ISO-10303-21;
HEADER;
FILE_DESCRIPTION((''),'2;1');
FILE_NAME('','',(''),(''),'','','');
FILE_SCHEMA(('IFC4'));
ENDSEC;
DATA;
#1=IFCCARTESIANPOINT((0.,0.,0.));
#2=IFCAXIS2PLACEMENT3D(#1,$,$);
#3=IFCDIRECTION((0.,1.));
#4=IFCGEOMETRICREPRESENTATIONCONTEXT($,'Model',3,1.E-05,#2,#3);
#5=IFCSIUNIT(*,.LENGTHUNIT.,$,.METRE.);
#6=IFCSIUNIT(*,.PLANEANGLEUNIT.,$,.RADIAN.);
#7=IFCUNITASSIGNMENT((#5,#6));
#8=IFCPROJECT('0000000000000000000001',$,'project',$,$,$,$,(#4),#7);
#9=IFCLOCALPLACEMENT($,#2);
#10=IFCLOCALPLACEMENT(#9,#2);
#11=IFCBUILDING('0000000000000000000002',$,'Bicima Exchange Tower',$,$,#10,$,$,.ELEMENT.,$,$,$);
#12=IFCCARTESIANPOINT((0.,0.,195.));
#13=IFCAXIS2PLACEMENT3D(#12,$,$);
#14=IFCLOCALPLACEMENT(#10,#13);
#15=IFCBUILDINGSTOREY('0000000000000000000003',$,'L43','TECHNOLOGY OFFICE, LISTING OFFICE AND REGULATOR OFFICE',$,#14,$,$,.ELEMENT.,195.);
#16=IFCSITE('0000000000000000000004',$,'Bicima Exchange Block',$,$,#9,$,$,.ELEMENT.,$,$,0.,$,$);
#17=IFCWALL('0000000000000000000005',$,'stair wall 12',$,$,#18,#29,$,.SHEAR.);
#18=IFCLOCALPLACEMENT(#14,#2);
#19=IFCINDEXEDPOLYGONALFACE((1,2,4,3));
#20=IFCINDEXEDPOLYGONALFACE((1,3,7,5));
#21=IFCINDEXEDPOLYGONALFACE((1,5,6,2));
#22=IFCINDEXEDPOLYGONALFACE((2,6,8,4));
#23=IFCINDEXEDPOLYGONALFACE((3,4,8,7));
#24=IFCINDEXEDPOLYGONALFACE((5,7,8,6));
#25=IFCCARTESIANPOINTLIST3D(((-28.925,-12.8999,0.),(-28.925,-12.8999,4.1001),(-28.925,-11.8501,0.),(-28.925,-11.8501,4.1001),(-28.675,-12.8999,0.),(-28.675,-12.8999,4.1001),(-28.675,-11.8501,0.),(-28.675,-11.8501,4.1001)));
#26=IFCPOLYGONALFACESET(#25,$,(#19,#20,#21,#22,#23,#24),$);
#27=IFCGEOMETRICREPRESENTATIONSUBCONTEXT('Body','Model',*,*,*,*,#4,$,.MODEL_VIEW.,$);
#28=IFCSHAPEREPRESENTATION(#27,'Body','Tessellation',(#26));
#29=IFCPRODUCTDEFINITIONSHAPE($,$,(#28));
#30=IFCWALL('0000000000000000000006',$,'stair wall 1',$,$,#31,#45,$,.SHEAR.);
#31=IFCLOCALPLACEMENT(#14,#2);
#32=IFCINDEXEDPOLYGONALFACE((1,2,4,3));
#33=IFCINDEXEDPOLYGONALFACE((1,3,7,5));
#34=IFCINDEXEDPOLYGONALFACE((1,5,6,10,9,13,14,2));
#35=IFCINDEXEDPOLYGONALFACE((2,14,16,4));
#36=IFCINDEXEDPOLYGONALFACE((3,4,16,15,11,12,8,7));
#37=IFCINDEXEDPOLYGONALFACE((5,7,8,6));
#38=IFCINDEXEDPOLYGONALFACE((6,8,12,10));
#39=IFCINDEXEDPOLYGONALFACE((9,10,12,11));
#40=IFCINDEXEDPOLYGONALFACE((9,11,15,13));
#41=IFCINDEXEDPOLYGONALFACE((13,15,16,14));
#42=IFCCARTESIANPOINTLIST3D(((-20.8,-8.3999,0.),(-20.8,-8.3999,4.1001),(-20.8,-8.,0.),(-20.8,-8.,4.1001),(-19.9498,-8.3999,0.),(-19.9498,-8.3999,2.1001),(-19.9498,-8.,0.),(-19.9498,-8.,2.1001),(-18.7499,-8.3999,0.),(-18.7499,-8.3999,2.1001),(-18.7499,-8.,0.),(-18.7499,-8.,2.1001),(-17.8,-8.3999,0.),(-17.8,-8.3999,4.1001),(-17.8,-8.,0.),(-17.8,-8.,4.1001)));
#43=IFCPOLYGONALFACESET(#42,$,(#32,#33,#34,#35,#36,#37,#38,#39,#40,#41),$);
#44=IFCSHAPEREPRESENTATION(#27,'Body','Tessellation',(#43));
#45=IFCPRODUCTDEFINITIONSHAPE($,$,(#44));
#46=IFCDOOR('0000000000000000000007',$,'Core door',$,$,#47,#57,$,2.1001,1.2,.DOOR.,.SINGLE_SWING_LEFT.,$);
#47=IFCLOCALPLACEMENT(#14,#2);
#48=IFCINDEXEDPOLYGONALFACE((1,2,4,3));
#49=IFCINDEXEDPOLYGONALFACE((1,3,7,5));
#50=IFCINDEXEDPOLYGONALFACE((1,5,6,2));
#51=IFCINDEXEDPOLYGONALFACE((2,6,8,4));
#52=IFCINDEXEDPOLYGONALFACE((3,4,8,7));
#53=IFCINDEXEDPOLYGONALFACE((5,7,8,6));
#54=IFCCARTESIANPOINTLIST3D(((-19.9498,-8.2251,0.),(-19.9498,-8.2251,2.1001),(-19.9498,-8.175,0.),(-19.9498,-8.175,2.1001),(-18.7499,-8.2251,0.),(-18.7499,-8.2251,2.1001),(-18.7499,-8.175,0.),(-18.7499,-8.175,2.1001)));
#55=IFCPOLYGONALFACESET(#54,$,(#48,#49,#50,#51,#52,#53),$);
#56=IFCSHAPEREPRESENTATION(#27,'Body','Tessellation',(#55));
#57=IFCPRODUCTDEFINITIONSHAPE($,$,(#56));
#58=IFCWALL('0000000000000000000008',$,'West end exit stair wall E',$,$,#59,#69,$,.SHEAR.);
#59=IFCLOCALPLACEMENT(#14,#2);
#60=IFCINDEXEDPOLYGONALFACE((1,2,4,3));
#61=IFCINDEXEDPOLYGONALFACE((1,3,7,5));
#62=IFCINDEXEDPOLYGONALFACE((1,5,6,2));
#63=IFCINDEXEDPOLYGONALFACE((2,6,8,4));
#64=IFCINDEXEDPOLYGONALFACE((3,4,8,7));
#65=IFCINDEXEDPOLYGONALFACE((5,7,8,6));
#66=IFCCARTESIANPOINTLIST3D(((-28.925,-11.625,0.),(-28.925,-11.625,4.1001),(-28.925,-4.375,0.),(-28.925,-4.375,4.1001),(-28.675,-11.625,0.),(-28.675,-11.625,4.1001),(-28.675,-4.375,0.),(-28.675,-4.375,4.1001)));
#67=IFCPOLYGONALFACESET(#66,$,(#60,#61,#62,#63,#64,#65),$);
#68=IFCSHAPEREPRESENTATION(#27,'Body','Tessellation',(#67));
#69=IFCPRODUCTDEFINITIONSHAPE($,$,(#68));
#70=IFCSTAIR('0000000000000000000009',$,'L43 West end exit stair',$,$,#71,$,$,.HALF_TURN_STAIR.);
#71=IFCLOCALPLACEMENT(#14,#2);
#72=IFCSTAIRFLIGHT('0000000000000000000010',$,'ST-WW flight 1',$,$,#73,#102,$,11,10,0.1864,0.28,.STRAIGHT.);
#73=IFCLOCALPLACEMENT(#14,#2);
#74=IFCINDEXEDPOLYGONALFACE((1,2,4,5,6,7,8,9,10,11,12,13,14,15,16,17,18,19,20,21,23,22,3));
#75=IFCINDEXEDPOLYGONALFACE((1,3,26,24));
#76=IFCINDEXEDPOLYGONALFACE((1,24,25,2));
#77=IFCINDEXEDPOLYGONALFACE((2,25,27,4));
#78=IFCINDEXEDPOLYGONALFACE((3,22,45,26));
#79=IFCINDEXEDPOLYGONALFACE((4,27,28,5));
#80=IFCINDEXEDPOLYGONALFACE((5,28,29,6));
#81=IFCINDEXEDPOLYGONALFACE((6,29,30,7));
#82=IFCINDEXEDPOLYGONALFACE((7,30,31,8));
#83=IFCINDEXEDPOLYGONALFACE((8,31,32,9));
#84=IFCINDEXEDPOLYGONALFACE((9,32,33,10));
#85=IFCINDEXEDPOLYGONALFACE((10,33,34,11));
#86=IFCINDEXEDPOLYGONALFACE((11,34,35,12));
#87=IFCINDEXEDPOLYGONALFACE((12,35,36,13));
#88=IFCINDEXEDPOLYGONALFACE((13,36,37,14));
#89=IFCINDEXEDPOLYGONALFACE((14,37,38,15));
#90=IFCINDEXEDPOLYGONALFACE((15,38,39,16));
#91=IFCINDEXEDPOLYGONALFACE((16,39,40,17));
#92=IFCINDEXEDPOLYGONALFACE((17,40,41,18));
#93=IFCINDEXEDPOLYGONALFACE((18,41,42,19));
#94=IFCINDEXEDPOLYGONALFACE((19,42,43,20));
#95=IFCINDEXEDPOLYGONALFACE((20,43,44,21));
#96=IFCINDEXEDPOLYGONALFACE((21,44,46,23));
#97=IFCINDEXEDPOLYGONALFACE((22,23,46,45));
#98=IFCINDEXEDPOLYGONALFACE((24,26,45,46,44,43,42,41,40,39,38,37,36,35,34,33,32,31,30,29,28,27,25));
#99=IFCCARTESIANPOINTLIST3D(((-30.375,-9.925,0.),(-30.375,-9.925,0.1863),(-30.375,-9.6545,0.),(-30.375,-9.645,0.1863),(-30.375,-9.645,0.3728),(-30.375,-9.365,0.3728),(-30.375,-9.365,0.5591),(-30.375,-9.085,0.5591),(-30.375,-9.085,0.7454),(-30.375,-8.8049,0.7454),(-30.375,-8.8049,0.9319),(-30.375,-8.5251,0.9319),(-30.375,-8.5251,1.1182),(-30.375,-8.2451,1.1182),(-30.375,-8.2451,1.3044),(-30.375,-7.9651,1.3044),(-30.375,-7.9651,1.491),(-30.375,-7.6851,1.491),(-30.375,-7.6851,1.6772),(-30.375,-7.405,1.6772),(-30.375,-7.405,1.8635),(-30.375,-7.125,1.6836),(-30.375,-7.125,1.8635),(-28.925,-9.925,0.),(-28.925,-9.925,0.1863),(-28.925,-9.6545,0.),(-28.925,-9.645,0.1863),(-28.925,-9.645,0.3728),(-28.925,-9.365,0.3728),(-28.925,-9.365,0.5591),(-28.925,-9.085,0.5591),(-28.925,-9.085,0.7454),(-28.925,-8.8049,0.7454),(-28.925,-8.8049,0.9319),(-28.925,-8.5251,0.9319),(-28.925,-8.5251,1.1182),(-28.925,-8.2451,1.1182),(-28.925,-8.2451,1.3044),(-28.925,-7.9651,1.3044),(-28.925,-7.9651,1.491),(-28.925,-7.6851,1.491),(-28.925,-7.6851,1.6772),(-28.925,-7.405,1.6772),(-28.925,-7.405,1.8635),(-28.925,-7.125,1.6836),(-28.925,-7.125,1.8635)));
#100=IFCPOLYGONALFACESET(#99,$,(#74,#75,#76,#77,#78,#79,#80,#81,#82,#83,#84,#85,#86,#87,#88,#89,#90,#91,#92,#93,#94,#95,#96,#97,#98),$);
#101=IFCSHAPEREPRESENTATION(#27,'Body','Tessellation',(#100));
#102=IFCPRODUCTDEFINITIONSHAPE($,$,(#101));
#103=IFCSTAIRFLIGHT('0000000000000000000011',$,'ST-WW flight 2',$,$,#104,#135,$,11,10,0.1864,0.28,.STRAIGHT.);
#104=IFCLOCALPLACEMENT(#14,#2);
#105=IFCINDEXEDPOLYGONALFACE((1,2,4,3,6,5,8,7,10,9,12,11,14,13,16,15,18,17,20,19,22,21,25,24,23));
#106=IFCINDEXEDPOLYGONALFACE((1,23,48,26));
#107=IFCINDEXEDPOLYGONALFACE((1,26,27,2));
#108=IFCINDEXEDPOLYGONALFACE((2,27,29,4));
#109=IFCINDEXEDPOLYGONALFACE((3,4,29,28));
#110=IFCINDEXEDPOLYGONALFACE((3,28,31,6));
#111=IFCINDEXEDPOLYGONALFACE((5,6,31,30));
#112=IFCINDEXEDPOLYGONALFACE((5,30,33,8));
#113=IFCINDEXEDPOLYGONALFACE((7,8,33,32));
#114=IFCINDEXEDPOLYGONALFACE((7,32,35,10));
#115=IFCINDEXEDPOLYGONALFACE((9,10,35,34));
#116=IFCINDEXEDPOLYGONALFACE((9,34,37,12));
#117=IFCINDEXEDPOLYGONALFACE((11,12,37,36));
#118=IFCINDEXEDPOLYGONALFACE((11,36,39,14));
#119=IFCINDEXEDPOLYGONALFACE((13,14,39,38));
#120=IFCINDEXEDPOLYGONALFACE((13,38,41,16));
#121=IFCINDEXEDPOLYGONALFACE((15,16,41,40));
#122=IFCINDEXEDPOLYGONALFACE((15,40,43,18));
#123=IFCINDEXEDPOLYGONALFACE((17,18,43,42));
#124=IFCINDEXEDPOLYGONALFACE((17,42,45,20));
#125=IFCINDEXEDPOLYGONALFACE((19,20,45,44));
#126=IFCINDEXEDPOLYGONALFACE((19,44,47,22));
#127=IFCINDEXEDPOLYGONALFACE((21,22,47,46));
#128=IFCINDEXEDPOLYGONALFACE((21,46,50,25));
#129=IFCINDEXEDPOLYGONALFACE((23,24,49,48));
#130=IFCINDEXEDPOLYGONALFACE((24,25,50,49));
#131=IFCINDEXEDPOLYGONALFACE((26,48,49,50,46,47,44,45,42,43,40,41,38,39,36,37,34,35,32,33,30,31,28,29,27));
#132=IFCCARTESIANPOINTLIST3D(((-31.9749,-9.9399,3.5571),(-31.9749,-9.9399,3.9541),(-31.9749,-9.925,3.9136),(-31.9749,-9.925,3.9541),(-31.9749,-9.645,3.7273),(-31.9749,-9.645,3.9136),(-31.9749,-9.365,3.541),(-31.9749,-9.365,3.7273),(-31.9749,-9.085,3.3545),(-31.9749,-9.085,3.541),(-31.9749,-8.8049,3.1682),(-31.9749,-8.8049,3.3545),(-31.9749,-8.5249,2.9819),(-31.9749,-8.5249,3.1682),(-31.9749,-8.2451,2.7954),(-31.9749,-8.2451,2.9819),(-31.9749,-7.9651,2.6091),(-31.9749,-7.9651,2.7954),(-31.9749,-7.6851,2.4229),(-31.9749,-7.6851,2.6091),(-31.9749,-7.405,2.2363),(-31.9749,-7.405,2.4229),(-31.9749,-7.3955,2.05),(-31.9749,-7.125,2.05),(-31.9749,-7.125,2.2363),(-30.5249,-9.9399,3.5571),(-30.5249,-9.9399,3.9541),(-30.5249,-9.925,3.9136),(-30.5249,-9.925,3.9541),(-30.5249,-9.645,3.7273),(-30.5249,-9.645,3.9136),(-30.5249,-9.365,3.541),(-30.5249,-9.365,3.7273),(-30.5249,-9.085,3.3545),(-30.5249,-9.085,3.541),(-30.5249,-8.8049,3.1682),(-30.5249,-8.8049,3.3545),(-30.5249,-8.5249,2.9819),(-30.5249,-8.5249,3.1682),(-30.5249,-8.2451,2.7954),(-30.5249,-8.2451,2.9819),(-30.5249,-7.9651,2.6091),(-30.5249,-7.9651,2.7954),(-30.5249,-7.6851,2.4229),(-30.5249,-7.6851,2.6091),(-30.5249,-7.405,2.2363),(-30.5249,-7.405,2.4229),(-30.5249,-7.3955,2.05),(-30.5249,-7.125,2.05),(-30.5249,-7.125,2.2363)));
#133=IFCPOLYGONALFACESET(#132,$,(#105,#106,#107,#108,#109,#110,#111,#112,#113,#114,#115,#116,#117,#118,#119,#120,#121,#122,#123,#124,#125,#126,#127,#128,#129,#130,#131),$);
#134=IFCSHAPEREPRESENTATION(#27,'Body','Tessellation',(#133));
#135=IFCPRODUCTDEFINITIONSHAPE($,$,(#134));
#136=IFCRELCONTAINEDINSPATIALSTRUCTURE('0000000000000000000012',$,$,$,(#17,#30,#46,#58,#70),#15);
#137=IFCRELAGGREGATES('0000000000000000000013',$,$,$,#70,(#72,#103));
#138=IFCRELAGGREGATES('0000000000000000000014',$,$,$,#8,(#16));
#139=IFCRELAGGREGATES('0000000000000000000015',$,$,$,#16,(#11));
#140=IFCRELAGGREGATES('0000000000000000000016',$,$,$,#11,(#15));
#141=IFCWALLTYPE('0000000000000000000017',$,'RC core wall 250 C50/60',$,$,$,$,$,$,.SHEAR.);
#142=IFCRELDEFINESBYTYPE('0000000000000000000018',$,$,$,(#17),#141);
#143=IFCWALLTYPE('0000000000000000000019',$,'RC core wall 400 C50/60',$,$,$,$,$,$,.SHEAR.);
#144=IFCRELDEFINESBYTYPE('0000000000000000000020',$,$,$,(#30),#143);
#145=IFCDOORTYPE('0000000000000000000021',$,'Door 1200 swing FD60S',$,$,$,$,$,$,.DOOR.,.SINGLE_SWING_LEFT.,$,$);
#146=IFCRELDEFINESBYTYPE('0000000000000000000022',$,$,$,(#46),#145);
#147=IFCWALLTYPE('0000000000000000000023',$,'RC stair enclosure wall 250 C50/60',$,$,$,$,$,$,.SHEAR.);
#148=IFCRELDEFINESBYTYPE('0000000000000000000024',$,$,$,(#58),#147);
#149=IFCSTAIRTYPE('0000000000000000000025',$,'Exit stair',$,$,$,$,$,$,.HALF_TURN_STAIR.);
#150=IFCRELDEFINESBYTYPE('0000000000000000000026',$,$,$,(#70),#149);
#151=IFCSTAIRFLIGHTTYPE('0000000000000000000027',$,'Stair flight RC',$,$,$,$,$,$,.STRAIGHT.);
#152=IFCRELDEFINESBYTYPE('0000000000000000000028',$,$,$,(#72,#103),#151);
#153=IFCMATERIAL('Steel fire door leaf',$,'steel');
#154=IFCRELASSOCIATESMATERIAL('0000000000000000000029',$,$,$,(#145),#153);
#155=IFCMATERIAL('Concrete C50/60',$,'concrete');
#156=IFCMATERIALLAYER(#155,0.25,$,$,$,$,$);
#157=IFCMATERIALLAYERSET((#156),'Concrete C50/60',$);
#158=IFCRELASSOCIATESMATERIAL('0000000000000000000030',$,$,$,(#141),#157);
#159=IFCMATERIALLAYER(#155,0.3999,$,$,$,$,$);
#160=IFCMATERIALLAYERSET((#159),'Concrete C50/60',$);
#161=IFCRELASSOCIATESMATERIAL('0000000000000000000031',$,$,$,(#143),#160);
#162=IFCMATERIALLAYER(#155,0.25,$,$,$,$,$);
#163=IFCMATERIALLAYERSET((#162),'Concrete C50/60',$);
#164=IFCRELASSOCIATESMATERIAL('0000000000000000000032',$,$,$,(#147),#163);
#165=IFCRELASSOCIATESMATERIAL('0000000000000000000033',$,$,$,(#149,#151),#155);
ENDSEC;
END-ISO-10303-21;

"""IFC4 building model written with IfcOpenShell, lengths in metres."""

from ifc_helpers import new_model, si_unit, direction, frame, frame_2d, origin, place, context, subcontext, project, spatial, polyline, rectangle, outline, extrude, material, layer, layer_set, type_object, element, fill, aggregate, save


model = new_model("IFC4")

# Units and contexts
model_context = context("Model", 3, precision=1e-05, world=origin(), true_north=direction((0.0, 1.0)))
body_context = subcontext(model_context, "Body", "Model", "MODEL_VIEW")
ifc_project = project(units=[si_unit("LENGTHUNIT", "METRE"), si_unit("PLANEANGLEUNIT", "RADIAN")], contexts=[model_context])

# Site, building, storey
site_placement = place(None, origin())
site = spatial("IfcSite", under=ifc_project, at=site_placement, Name="Bicima Exchange Block", CompositionType="ELEMENT", RefElevation=0.0)
building_placement = place(site_placement, origin())
building = spatial("IfcBuilding", under=site, at=building_placement, Name="Bicima Exchange Tower", CompositionType="ELEMENT")
storey_placement = place(building_placement, frame((0.0, 0.0, 195.0)))
storey = spatial("IfcBuildingStorey", under=building, at=storey_placement, Name="L43", Description="TECHNOLOGY OFFICE, LISTING OFFICE AND REGULATOR OFFICE", CompositionType="ELEMENT", Elevation=195.0)

# Shared definitions
ifc_material_1 = material(Name="Concrete C50/60", Category="concrete")
ifc_material_2 = material(Name="Steel fire door leaf", Category="steel")
door_type_1 = type_object("IfcDoorType", Name="Door 1200 swing FD60S", OperationType="SINGLE_SWING_LEFT", PredefinedType="DOOR", material=ifc_material_2)

# Wall
ifc_layer_1 = layer(ifc_material_1, 0.25)
ifc_layer_set_1 = layer_set([ifc_layer_1], Name="Concrete C50/60")
wall_type_1 = type_object("IfcWallType", Name="RC core wall 250 C50/60", PredefinedType="SHEAR", material=ifc_layer_set_1)
wall_1_placement = place(storey_placement, frame((-28.8, -12.8999, 0.0), z_axis=(0.0, 0.0, 1.0), x_axis=(0.0, 1.0, 0.0)))
element("IfcWall", 1, at=wall_1_placement, inside=storey, type_object=wall_type_1, Name="stair wall 12", PredefinedType="SHEAR", context=body_context, shape_type="SweptSolid", body=[
    extrude(rectangle(XDim=1.0498, YDim=0.25, at=frame_2d((0.5249, 0.0))), origin(), (0.0, 0.0, 1.0), 4.1001),
])

# Wall, opening, door
ifc_layer_2 = layer(ifc_material_1, 0.3999)
ifc_layer_set_2 = layer_set([ifc_layer_2], Name="Concrete C50/60")
wall_type_2 = type_object("IfcWallType", Name="RC core wall 400 C50/60", PredefinedType="SHEAR", material=ifc_layer_set_2)
wall_2_placement = place(storey_placement, frame((-20.8, -8.2, 0.0), z_axis=(0.0, 0.0, 1.0), x_axis=(1.0, 0.0, 0.0)))
wall_2 = element("IfcWall", 2, at=wall_2_placement, inside=storey, type_object=wall_type_2, Name="stair wall 1", PredefinedType="SHEAR", context=body_context, shape_type="SweptSolid", body=[
    extrude(rectangle(XDim=3.0, YDim=0.3999, at=frame_2d((1.5, 0.0))), origin(), (0.0, 0.0, 1.0), 4.1001),
])
opening_1_placement = place(wall_2_placement, frame((0.8501, 0.0, 0.0)))
opening_1 = element("IfcOpeningElement", 3, at=opening_1_placement, cuts=wall_2, PredefinedType="OPENING", context=body_context, shape_type="SweptSolid", body=[
    extrude(rectangle(XDim=1.2, YDim=2.1001, at=frame_2d((0.6001, 1.05))), frame((0.0, 0.2119, 0.0), z_axis=(0.0, -1.0, 0.0), x_axis=(1.0, 0.0, 0.0)), (0.0, 0.0, 1.0), 0.4238),
])
door_1_placement = place(opening_1_placement, origin())
door_1 = element("IfcDoor", 4, at=door_1_placement, inside=storey, type_object=door_type_1, Name="Core door", OperationType="SINGLE_SWING_LEFT", OverallHeight=2.1001, OverallWidth=1.2, PredefinedType="DOOR", context=body_context, shape_type="SweptSolid", body=[
    extrude(rectangle(XDim=1.2, YDim=2.1001, at=frame_2d((0.6001, 1.05))), frame((0.0, 0.0249, 0.0), z_axis=(0.0, -1.0, 0.0), x_axis=(1.0, 0.0, 0.0)), (0.0, 0.0, 1.0), 0.05),
])
fill(opening_1, door_1)

# Wall
ifc_layer_3 = layer(ifc_material_1, 0.25)
ifc_layer_set_3 = layer_set([ifc_layer_3], Name="Concrete C50/60")
wall_type_3 = type_object("IfcWallType", Name="RC stair enclosure wall 250 C50/60", PredefinedType="SHEAR", material=ifc_layer_set_3)
wall_3_placement = place(storey_placement, frame((-28.8, -11.625, 0.0), z_axis=(0.0, 0.0, 1.0), x_axis=(0.0, 1.0, 0.0)))
element("IfcWall", 5, at=wall_3_placement, inside=storey, type_object=wall_type_3, Name="West end exit stair wall E", PredefinedType="SHEAR", context=body_context, shape_type="SweptSolid", body=[
    extrude(rectangle(XDim=7.25, YDim=0.25, at=frame_2d((3.625, 0.0))), origin(), (0.0, 0.0, 1.0), 4.1001),
])

# Stair, stair flights
stair_type = type_object("IfcStairType", Name="Exit stair", PredefinedType="HALF_TURN_STAIR", material=ifc_material_1)
stair_placement = place(storey_placement, origin())
stair = element("IfcStair", 6, at=stair_placement, inside=storey, type_object=stair_type, Name="L43 West end exit stair", PredefinedType="HALF_TURN_STAIR")
stair_flight_type = type_object("IfcStairFlightType", Name="Stair flight RC", PredefinedType="STRAIGHT", material=ifc_material_1)
stair_flight_1_placement = place(storey_placement, frame((-29.6499, -9.925, 0.0), z_axis=(0.0, 0.0, 1.0), x_axis=(0.0, 1.0, 0.0)))
stair_flight_1 = element("IfcStairFlight", 7, at=stair_flight_1_placement, type_object=stair_flight_type, Name="ST-WW flight 1", NumberOfRisers=11, NumberOfTreads=10, PredefinedType="STRAIGHT", RiserHeight=0.1864, TreadLength=0.28, context=body_context, shape_type="SweptSolid", body=[
    extrude(outline(polyline([(0.0, 0.0), (0.0, 0.1863), (0.28, 0.1863), (0.28, 0.3728), (0.5601, 0.3728), (0.5601, 0.5591), (0.8401, 0.5591), (0.8401, 0.7454), (1.1201, 0.7454), (1.1201, 0.9319), (1.3999, 0.9319), (1.3999, 1.1182), (1.6799, 1.1182), (1.6799, 1.3044), (1.96, 1.3044), (1.96, 1.491), (2.24, 1.491), (2.24, 1.6772), (2.52, 1.6772), (2.52, 1.8635), (2.8, 1.8635), (2.8, 2.05), (2.8, 1.6836), (0.2705, 0.0), (0.0, 0.0)])), frame((0.0, 0.7251, 0.0), z_axis=(0.0, -1.0, 0.0), x_axis=(1.0, 0.0, 0.0)), (0.0, 0.0, 1.0), 1.45),
])
stair_flight_2_placement = place(storey_placement, frame((-31.25, -7.125, 2.05), z_axis=(0.0, 0.0, 1.0), x_axis=(0.0, -1.0, 0.0)))
stair_flight_2 = element("IfcStairFlight", 8, at=stair_flight_2_placement, type_object=stair_flight_type, Name="ST-WW flight 2", NumberOfRisers=11, NumberOfTreads=10, PredefinedType="STRAIGHT", RiserHeight=0.1864, TreadLength=0.28, context=body_context, shape_type="SweptSolid", body=[
    extrude(outline(polyline([(0.0, 0.0), (0.0, 0.1863), (0.28, 0.1863), (0.28, 0.3728), (0.5601, 0.3728), (0.5601, 0.5591), (0.8401, 0.5591), (0.8401, 0.7454), (1.1201, 0.7454), (1.1201, 0.9319), (1.3999, 0.9319), (1.3999, 1.1182), (1.6799, 1.1182), (1.6799, 1.3044), (1.96, 1.3044), (1.96, 1.491), (2.24, 1.491), (2.24, 1.6772), (2.52, 1.6772), (2.52, 1.8635), (2.8, 1.8635), (2.8, 1.9041), (2.8149, 1.9041), (2.8149, 1.5071), (0.2705, 0.0), (0.0, 0.0)])), frame((0.0, 0.7251, 0.0), z_axis=(0.0, -1.0, 0.0), x_axis=(1.0, 0.0, 0.0)), (0.0, 0.0, 1.0), 1.45),
])
aggregate(stair, [stair_flight_1, stair_flight_2])

save(model, "model.ifc")
